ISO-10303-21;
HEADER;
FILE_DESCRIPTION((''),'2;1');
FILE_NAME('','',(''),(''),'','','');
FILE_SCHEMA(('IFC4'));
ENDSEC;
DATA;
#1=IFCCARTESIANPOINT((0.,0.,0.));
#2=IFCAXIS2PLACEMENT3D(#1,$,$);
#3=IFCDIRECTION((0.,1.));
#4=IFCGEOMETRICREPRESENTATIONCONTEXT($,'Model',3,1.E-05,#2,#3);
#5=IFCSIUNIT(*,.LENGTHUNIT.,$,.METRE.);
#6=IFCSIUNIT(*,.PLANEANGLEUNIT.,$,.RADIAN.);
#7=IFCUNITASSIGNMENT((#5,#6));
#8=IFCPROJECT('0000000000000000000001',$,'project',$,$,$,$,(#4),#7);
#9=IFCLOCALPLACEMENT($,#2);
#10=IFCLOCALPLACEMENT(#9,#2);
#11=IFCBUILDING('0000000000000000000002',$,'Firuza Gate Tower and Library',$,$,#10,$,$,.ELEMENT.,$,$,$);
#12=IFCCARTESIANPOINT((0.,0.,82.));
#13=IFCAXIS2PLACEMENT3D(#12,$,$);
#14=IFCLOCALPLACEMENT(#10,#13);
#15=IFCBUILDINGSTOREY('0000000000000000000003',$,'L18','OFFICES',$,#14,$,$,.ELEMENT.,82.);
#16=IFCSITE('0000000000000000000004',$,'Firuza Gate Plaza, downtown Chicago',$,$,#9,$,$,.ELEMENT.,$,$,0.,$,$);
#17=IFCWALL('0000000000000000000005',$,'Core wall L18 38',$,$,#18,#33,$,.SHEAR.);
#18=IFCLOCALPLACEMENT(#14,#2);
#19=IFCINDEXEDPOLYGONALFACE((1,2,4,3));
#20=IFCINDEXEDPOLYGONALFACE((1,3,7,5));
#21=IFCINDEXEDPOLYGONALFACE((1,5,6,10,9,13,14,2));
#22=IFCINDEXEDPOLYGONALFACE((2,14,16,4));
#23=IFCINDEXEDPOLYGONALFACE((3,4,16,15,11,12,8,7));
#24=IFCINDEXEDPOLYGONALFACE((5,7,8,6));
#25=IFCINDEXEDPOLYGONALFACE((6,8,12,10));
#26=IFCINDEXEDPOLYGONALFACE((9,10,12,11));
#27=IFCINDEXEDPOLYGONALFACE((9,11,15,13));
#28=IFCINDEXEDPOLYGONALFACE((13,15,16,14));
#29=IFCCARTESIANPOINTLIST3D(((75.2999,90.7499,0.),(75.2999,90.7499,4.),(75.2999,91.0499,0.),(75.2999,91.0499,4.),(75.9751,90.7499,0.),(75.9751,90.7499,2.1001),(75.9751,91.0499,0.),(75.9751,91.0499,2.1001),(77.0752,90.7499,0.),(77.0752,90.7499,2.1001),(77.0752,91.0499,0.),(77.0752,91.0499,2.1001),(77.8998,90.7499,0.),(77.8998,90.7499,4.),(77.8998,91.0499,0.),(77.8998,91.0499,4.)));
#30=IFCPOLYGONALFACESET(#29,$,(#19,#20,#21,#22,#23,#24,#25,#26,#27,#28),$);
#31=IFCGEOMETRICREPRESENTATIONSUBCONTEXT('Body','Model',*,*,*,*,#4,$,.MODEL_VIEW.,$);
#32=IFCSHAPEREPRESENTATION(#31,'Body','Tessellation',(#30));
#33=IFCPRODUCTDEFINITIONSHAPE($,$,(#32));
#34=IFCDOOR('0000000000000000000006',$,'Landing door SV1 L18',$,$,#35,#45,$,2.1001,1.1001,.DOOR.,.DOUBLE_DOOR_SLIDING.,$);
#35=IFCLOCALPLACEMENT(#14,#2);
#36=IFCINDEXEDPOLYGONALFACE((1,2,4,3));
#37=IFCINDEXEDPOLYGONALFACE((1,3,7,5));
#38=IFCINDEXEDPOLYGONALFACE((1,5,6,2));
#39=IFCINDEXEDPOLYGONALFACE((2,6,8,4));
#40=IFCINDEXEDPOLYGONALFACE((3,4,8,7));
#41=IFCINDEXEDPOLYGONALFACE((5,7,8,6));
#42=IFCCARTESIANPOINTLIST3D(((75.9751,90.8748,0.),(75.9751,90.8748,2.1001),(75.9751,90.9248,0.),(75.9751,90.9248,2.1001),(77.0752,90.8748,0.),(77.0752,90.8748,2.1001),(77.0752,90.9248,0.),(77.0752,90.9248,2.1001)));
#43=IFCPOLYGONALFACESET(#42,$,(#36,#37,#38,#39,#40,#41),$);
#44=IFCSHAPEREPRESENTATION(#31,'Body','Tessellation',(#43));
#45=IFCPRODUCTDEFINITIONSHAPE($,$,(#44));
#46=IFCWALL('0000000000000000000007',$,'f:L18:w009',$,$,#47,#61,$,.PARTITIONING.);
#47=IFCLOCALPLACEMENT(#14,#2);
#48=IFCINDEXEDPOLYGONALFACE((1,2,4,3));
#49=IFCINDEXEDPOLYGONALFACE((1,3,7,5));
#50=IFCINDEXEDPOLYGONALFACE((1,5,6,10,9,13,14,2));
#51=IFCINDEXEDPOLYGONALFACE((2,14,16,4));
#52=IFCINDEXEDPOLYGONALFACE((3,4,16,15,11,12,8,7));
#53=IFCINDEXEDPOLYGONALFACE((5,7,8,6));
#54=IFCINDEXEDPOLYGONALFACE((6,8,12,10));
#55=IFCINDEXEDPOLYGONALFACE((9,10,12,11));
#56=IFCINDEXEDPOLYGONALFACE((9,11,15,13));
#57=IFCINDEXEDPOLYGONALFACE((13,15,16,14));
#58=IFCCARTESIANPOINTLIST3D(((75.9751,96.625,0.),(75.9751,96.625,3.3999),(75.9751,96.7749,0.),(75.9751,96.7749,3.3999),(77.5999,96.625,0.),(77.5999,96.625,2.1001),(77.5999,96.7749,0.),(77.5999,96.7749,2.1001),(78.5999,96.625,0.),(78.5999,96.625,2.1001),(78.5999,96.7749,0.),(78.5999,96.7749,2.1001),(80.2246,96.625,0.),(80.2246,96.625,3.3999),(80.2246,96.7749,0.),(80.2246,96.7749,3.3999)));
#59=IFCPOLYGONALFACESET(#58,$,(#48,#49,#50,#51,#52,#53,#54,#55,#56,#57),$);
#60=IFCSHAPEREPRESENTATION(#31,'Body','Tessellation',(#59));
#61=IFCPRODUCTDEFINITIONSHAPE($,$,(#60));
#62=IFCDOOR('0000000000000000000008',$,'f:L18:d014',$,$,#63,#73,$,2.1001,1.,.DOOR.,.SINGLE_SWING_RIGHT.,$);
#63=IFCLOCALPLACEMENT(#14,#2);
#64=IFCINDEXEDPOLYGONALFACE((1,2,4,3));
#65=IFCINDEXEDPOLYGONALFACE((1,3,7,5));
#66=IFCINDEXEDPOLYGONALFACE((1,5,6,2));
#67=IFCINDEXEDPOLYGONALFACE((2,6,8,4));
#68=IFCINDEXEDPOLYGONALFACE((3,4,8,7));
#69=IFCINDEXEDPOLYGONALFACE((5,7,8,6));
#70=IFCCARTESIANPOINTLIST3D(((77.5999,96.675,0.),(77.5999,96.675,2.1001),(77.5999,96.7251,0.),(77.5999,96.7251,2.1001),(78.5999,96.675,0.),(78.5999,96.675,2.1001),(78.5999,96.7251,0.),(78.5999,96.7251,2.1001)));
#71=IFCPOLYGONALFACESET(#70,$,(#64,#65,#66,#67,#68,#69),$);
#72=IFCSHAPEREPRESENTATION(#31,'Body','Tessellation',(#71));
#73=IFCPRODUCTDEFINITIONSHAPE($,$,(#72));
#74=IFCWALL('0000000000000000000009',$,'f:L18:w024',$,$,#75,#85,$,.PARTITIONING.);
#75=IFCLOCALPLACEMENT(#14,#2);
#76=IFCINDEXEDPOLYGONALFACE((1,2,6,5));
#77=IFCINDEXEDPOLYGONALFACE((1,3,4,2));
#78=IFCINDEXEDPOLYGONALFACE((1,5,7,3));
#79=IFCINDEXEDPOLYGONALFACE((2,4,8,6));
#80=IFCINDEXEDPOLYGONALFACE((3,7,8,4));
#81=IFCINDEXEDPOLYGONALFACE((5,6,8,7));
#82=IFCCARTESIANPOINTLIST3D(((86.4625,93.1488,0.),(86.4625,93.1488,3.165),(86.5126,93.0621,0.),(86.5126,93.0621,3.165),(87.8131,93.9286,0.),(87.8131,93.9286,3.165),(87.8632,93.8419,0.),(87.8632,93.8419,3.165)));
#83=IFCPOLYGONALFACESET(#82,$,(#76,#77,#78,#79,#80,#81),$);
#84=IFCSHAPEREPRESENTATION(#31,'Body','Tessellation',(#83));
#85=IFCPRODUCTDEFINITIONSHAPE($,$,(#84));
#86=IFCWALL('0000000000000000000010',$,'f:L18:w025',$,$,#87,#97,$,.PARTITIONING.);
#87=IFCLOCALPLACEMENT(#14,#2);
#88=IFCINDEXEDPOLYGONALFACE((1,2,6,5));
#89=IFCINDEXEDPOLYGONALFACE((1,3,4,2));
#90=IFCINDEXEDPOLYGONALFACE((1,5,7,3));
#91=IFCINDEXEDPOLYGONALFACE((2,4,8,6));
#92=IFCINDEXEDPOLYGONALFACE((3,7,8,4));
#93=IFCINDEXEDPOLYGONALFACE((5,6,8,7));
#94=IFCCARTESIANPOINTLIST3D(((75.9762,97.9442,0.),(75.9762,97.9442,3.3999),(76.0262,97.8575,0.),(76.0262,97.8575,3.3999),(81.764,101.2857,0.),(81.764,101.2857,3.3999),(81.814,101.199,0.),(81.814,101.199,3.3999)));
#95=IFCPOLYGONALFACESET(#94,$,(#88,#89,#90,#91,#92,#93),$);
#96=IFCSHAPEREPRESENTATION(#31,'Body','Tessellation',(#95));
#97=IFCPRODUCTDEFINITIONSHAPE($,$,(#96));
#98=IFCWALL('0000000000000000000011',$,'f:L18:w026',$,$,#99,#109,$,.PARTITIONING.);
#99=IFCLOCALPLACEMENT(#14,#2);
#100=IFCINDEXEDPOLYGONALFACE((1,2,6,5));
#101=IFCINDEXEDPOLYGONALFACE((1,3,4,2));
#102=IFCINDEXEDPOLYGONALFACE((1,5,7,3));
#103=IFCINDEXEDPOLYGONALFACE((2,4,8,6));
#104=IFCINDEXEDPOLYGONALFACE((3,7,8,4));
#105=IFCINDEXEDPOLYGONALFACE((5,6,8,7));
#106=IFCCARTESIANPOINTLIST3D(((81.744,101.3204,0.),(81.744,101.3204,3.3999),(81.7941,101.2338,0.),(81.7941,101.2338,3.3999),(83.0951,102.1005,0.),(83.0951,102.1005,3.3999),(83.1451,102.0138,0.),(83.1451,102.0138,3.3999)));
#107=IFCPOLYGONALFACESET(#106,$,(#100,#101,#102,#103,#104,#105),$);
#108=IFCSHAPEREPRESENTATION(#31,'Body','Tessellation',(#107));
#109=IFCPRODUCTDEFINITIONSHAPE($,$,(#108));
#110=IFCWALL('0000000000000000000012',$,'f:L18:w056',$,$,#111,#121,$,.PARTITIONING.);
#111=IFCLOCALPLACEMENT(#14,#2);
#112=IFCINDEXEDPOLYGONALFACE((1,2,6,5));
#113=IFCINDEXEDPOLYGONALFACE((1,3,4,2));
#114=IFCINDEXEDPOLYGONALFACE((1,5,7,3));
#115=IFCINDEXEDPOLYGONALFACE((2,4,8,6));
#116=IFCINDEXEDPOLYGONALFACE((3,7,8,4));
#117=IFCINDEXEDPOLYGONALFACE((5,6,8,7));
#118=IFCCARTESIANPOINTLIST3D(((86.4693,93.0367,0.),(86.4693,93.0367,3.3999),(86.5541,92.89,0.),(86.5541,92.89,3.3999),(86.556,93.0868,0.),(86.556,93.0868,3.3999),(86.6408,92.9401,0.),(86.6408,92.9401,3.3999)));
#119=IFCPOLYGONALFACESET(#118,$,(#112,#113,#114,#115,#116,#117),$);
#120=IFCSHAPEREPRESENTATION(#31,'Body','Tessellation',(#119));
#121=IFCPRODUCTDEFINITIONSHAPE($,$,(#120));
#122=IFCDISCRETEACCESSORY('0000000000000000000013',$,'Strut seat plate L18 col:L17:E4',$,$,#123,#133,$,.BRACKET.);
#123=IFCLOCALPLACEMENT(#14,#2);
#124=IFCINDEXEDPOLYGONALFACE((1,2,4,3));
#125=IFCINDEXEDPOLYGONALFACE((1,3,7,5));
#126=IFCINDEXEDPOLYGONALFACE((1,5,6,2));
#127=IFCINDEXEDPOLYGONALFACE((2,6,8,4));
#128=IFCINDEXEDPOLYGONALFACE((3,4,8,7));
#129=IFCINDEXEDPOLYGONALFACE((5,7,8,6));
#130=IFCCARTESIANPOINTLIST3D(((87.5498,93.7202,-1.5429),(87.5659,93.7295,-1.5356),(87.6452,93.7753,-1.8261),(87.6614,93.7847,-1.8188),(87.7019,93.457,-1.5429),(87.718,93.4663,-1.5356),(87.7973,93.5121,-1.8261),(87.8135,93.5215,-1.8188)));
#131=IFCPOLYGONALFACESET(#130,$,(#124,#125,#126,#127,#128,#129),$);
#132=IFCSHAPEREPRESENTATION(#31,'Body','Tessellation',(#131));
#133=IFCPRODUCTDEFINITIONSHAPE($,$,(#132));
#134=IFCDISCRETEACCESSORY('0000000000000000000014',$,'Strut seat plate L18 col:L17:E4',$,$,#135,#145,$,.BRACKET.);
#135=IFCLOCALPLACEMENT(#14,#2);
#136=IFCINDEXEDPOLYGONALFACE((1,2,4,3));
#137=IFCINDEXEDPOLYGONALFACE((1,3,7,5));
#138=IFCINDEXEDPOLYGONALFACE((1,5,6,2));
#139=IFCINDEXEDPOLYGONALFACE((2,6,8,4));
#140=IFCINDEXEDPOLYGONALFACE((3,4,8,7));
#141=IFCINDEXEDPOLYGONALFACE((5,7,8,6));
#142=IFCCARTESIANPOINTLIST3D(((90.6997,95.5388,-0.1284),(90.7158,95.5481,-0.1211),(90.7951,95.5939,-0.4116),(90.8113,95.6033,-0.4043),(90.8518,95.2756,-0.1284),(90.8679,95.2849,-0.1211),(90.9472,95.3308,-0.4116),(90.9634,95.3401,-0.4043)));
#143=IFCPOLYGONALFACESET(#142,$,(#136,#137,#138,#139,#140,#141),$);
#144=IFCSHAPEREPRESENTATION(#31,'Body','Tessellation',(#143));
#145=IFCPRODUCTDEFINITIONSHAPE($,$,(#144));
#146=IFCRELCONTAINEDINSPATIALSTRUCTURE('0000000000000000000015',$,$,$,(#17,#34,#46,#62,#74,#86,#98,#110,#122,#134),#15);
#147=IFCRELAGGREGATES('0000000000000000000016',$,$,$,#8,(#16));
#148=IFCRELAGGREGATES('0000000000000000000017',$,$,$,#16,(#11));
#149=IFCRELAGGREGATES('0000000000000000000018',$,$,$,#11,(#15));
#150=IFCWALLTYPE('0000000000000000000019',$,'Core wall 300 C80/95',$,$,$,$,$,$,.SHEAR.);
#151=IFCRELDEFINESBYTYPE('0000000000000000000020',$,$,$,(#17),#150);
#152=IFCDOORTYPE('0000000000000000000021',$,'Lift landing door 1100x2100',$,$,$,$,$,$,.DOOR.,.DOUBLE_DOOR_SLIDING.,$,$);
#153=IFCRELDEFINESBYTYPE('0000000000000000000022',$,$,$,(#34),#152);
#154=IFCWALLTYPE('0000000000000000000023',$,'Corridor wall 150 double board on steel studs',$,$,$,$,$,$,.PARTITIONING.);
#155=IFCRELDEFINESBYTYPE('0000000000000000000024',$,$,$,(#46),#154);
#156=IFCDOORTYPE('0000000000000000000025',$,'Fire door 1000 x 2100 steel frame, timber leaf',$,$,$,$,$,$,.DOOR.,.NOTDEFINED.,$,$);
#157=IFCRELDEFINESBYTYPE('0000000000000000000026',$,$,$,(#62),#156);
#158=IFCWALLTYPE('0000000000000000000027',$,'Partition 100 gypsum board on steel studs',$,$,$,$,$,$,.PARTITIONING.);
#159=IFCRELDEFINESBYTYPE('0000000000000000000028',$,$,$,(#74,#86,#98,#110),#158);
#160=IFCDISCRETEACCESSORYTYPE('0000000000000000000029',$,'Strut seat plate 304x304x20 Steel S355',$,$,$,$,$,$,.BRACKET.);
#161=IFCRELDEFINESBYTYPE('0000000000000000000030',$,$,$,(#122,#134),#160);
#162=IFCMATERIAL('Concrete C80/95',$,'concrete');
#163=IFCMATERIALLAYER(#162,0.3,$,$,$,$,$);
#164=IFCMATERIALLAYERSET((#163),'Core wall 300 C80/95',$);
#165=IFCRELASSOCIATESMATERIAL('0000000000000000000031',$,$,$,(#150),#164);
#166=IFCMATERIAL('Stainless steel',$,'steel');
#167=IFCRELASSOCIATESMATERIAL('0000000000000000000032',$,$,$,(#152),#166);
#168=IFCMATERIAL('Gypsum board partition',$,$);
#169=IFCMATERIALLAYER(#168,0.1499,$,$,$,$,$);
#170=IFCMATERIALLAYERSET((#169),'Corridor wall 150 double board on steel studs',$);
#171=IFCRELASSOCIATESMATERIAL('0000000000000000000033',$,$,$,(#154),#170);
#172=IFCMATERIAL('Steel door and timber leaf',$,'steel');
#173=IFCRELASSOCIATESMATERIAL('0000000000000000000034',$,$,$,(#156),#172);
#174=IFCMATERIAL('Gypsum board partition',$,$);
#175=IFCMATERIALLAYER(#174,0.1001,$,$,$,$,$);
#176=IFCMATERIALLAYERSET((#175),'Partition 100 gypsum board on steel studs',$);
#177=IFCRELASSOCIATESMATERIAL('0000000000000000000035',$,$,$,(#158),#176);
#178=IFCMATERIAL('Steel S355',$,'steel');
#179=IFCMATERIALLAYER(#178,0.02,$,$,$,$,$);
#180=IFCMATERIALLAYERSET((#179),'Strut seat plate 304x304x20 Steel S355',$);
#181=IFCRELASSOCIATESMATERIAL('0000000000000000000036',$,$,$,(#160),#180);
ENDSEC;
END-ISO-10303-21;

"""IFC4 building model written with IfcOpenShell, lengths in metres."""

from ifc_helpers import new_model, si_unit, direction, frame, frame_2d, origin, place, context, subcontext, project, spatial, polyline, rectangle, outline, extrude, material, layer, layer_set, type_object, element, fill, save


model = new_model("IFC4")

# Units and contexts
model_context = context("Model", 3, precision=1e-05, world=origin(), true_north=direction((0.0, 1.0)))
body_context = subcontext(model_context, "Body", "Model", "MODEL_VIEW")
ifc_project = project(units=[si_unit("LENGTHUNIT", "METRE"), si_unit("PLANEANGLEUNIT", "RADIAN")], contexts=[model_context])

# Site, building, storey
site_placement = place(None, origin())
site = spatial("IfcSite", under=ifc_project, at=site_placement, Name="Firuza Gate Plaza, downtown Chicago", CompositionType="ELEMENT", RefElevation=0.0)
building_placement = place(site_placement, origin())
building = spatial("IfcBuilding", under=site, at=building_placement, Name="Firuza Gate Tower and Library", CompositionType="ELEMENT")
storey_placement = place(building_placement, frame((0.0, 0.0, 82.0)))
storey = spatial("IfcBuildingStorey", under=building, at=storey_placement, Name="L18", Description="OFFICES", CompositionType="ELEMENT", Elevation=82.0)

# Walls, openings, doors
ifc_material_1 = material(Name="Concrete C80/95", Category="concrete")
ifc_layer_1 = layer(ifc_material_1, 0.3)
ifc_layer_set_1 = layer_set([ifc_layer_1], Name="Core wall 300 C80/95")
wall_type_1 = type_object("IfcWallType", Name="Core wall 300 C80/95", PredefinedType="SHEAR", material=ifc_layer_set_1)
wall_1_placement = place(storey_placement, frame((75.3, 90.8999, 0.0), z_axis=(0.0, 0.0, 1.0), x_axis=(1.0, 0.0, 0.0)))
wall_1 = element("IfcWall", 1, at=wall_1_placement, inside=storey, type_object=wall_type_1, Name="Core wall L18 38", PredefinedType="SHEAR", context=body_context, shape_type="SweptSolid", body=[
    extrude(rectangle(XDim=2.5999, YDim=0.3, at=frame_2d((1.2998, 0.0))), origin(), (0.0, 0.0, 1.0), 4.0),
])
opening_1_placement = place(wall_1_placement, frame((0.675, 0.0, 0.0)))
opening_1 = element("IfcOpeningElement", 2, at=opening_1_placement, cuts=wall_1, PredefinedType="OPENING", context=body_context, shape_type="SweptSolid", body=[
    extrude(rectangle(XDim=1.1001, YDim=2.1001, at=frame_2d((0.55, 1.05))), frame((0.0, 0.1602, 0.0), z_axis=(0.0, -1.0, 0.0), x_axis=(1.0, 0.0, 0.0)), (0.0, 0.0, 1.0), 0.3201),
])
ifc_material_2 = material(Name="Stainless steel", Category="steel")
door_type_1 = type_object("IfcDoorType", Name="Lift landing door 1100x2100", OperationType="DOUBLE_DOOR_SLIDING", PredefinedType="DOOR", material=ifc_material_2)
door_1_placement = place(opening_1_placement, origin())
door_1 = element("IfcDoor", 3, at=door_1_placement, inside=storey, type_object=door_type_1, Name="Landing door SV1 L18", OperationType="DOUBLE_DOOR_SLIDING", OverallHeight=2.1001, OverallWidth=1.1001, PredefinedType="DOOR", context=body_context, shape_type="SweptSolid", body=[
    extrude(rectangle(XDim=1.1001, YDim=2.1001, at=frame_2d((0.55, 1.05))), frame((0.0, 0.0249, 0.0), z_axis=(0.0, -1.0, 0.0), x_axis=(1.0, 0.0, 0.0)), (0.0, 0.0, 1.0), 0.05),
])
fill(opening_1, door_1)
ifc_material_3 = material(Name="Gypsum board partition")
ifc_layer_2 = layer(ifc_material_3, 0.1499)
ifc_layer_set_2 = layer_set([ifc_layer_2], Name="Corridor wall 150 double board on steel studs")
wall_type_2 = type_object("IfcWallType", Name="Corridor wall 150 double board on steel studs", PredefinedType="PARTITIONING", material=ifc_layer_set_2)
wall_2_placement = place(storey_placement, frame((80.2246, 96.7, 0.0), z_axis=(0.0, 0.0, 1.0), x_axis=(-1.0, 0.0, 0.0)))
wall_2 = element("IfcWall", 4, at=wall_2_placement, inside=storey, type_object=wall_type_2, Name="f:L18:w009", PredefinedType="PARTITIONING", context=body_context, shape_type="SweptSolid", body=[
    extrude(rectangle(XDim=4.2495, YDim=0.1499, at=frame_2d((2.1248, 0.0))), origin(), (0.0, 0.0, 1.0), 3.3999),
])
opening_2_placement = place(wall_2_placement, frame((1.6248, 0.0, 0.0)))
opening_2 = element("IfcOpeningElement", 5, at=opening_2_placement, cuts=wall_2, PredefinedType="OPENING", context=body_context, shape_type="SweptSolid", body=[
    extrude(rectangle(XDim=1.0, YDim=2.1001, at=frame_2d((0.5, 1.05))), frame((0.0, 0.085, 0.0), z_axis=(0.0, -1.0, 0.0), x_axis=(1.0, 0.0, 0.0)), (0.0, 0.0, 1.0), 0.1699),
])
ifc_material_4 = material(Name="Steel door and timber leaf", Category="steel")
door_type_2 = type_object("IfcDoorType", Name="Fire door 1000 x 2100 steel frame, timber leaf", OperationType="NOTDEFINED", PredefinedType="DOOR", material=ifc_material_4)
door_2_placement = place(opening_2_placement, origin())
door_2 = element("IfcDoor", 6, at=door_2_placement, inside=storey, type_object=door_type_2, Name="f:L18:d014", OperationType="SINGLE_SWING_RIGHT", OverallHeight=2.1001, OverallWidth=1.0, PredefinedType="DOOR", context=body_context, shape_type="SweptSolid", body=[
    extrude(rectangle(XDim=1.0, YDim=2.1001, at=frame_2d((0.5, 1.05))), frame((0.0, 0.0249, 0.0), z_axis=(0.0, -1.0, 0.0), x_axis=(1.0, 0.0, 0.0)), (0.0, 0.0, 1.0), 0.05),
])
fill(opening_2, door_2)

# Walls
ifc_material_5 = material(Name="Gypsum board partition")
ifc_layer_3 = layer(ifc_material_5, 0.1001)
ifc_layer_set_3 = layer_set([ifc_layer_3], Name="Partition 100 gypsum board on steel studs")
wall_type_3 = type_object("IfcWallType", Name="Partition 100 gypsum board on steel studs", PredefinedType="PARTITIONING", material=ifc_layer_set_3)
wall_3_placement = place(storey_placement, frame((86.4875, 93.1055, 0.0), z_axis=(0.0, 0.0, 1.0), x_axis=(0.866019, 0.500012, 0.0)))
element("IfcWall", 7, at=wall_3_placement, inside=storey, type_object=wall_type_3, Name="f:L18:w024", PredefinedType="PARTITIONING", context=body_context, shape_type="SweptSolid", body=[
    extrude(rectangle(XDim=1.5596, YDim=0.1001, at=frame_2d((0.7798, 0.0))), origin(), (0.0, 0.0, 1.0), 3.165),
])
wall_4_placement = place(storey_placement, frame((76.0012, 97.9009, 0.0), z_axis=(0.0, 0.0, 1.0), x_axis=(0.866029, 0.499993, 0.0)))
element("IfcWall", 8, at=wall_4_placement, inside=storey, type_object=wall_type_3, Name="f:L18:w025", PredefinedType="PARTITIONING", context=body_context, shape_type="SweptSolid", body=[
    extrude(rectangle(XDim=6.6831, YDim=0.1001, at=frame_2d((3.3416, 0.0))), origin(), (0.0, 0.0, 1.0), 3.3999),
])
wall_5_placement = place(storey_placement, frame((81.769, 101.2771, 0.0), z_axis=(0.0, 0.0, 1.0), x_axis=(0.866029, 0.499993, 0.0)))
element("IfcWall", 9, at=wall_5_placement, inside=storey, type_object=wall_type_3, Name="f:L18:w026", PredefinedType="PARTITIONING", context=body_context, shape_type="SweptSolid", body=[
    extrude(rectangle(XDim=1.5601, YDim=0.1001, at=frame_2d((0.78, 0.0))), origin(), (0.0, 0.0, 1.0), 3.3999),
])
wall_6_placement = place(storey_placement, frame((86.5974, 92.915, 0.0), z_axis=(0.0, 0.0, 1.0), x_axis=(-0.500013, 0.866018, 0.0)))
element("IfcWall", 10, at=wall_6_placement, inside=storey, type_object=wall_type_3, Name="f:L18:w056", PredefinedType="PARTITIONING", context=body_context, shape_type="SweptSolid", body=[
    extrude(rectangle(XDim=0.1694, YDim=0.1001, at=frame_2d((0.0847, 0.0))), origin(), (0.0, 0.0, 1.0), 3.3999),
])

# Discrete accessories
ifc_material_6 = material(Name="Steel S355", Category="steel")
ifc_layer_4 = layer(ifc_material_6, 0.02)
ifc_layer_set_4 = layer_set([ifc_layer_4], Name="Strut seat plate 304x304x20 Steel S355")
discrete_accessory_type = type_object("IfcDiscreteAccessoryType", Name="Strut seat plate 304x304x20 Steel S355", PredefinedType="BRACKET", material=ifc_layer_set_4)
discrete_accessory_1_placement = place(storey_placement, frame((87.5659, 93.7295, -1.5356), z_axis=(0.806821, 0.46628, 0.362799), x_axis=(0.500371, -0.865811, 0.0)))
element("IfcDiscreteAccessory", 11, at=discrete_accessory_1_placement, inside=storey, type_object=discrete_accessory_type, Name="Strut seat plate L18 col:L17:E4", PredefinedType="BRACKET", context=body_context, shape_type="SweptSolid", body=[
    extrude(outline(polyline([(0.0, 0.0), (0.304, 0.0), (0.304, 0.3039), (0.0, 0.3039), (0.0, 0.0)])), origin(), (0.0, 0.0, -1.0), 0.02),
])
discrete_accessory_2_placement = place(storey_placement, frame((90.8679, 95.2849, -0.1211), z_axis=(0.806821, 0.46628, 0.362799), x_axis=(-0.500371, 0.865811, 0.0)))
element("IfcDiscreteAccessory", 12, at=discrete_accessory_2_placement, inside=storey, type_object=discrete_accessory_type, Name="Strut seat plate L18 col:L17:E4", PredefinedType="BRACKET", context=body_context, shape_type="SweptSolid", body=[
    extrude(outline(polyline([(0.0, 0.0), (0.304, 0.0), (0.304, -0.3039), (0.0, -0.3039), (0.0, 0.0)])), origin(), (0.0, 0.0, -1.0), 0.02),
])

save(model, "model.ifc")
